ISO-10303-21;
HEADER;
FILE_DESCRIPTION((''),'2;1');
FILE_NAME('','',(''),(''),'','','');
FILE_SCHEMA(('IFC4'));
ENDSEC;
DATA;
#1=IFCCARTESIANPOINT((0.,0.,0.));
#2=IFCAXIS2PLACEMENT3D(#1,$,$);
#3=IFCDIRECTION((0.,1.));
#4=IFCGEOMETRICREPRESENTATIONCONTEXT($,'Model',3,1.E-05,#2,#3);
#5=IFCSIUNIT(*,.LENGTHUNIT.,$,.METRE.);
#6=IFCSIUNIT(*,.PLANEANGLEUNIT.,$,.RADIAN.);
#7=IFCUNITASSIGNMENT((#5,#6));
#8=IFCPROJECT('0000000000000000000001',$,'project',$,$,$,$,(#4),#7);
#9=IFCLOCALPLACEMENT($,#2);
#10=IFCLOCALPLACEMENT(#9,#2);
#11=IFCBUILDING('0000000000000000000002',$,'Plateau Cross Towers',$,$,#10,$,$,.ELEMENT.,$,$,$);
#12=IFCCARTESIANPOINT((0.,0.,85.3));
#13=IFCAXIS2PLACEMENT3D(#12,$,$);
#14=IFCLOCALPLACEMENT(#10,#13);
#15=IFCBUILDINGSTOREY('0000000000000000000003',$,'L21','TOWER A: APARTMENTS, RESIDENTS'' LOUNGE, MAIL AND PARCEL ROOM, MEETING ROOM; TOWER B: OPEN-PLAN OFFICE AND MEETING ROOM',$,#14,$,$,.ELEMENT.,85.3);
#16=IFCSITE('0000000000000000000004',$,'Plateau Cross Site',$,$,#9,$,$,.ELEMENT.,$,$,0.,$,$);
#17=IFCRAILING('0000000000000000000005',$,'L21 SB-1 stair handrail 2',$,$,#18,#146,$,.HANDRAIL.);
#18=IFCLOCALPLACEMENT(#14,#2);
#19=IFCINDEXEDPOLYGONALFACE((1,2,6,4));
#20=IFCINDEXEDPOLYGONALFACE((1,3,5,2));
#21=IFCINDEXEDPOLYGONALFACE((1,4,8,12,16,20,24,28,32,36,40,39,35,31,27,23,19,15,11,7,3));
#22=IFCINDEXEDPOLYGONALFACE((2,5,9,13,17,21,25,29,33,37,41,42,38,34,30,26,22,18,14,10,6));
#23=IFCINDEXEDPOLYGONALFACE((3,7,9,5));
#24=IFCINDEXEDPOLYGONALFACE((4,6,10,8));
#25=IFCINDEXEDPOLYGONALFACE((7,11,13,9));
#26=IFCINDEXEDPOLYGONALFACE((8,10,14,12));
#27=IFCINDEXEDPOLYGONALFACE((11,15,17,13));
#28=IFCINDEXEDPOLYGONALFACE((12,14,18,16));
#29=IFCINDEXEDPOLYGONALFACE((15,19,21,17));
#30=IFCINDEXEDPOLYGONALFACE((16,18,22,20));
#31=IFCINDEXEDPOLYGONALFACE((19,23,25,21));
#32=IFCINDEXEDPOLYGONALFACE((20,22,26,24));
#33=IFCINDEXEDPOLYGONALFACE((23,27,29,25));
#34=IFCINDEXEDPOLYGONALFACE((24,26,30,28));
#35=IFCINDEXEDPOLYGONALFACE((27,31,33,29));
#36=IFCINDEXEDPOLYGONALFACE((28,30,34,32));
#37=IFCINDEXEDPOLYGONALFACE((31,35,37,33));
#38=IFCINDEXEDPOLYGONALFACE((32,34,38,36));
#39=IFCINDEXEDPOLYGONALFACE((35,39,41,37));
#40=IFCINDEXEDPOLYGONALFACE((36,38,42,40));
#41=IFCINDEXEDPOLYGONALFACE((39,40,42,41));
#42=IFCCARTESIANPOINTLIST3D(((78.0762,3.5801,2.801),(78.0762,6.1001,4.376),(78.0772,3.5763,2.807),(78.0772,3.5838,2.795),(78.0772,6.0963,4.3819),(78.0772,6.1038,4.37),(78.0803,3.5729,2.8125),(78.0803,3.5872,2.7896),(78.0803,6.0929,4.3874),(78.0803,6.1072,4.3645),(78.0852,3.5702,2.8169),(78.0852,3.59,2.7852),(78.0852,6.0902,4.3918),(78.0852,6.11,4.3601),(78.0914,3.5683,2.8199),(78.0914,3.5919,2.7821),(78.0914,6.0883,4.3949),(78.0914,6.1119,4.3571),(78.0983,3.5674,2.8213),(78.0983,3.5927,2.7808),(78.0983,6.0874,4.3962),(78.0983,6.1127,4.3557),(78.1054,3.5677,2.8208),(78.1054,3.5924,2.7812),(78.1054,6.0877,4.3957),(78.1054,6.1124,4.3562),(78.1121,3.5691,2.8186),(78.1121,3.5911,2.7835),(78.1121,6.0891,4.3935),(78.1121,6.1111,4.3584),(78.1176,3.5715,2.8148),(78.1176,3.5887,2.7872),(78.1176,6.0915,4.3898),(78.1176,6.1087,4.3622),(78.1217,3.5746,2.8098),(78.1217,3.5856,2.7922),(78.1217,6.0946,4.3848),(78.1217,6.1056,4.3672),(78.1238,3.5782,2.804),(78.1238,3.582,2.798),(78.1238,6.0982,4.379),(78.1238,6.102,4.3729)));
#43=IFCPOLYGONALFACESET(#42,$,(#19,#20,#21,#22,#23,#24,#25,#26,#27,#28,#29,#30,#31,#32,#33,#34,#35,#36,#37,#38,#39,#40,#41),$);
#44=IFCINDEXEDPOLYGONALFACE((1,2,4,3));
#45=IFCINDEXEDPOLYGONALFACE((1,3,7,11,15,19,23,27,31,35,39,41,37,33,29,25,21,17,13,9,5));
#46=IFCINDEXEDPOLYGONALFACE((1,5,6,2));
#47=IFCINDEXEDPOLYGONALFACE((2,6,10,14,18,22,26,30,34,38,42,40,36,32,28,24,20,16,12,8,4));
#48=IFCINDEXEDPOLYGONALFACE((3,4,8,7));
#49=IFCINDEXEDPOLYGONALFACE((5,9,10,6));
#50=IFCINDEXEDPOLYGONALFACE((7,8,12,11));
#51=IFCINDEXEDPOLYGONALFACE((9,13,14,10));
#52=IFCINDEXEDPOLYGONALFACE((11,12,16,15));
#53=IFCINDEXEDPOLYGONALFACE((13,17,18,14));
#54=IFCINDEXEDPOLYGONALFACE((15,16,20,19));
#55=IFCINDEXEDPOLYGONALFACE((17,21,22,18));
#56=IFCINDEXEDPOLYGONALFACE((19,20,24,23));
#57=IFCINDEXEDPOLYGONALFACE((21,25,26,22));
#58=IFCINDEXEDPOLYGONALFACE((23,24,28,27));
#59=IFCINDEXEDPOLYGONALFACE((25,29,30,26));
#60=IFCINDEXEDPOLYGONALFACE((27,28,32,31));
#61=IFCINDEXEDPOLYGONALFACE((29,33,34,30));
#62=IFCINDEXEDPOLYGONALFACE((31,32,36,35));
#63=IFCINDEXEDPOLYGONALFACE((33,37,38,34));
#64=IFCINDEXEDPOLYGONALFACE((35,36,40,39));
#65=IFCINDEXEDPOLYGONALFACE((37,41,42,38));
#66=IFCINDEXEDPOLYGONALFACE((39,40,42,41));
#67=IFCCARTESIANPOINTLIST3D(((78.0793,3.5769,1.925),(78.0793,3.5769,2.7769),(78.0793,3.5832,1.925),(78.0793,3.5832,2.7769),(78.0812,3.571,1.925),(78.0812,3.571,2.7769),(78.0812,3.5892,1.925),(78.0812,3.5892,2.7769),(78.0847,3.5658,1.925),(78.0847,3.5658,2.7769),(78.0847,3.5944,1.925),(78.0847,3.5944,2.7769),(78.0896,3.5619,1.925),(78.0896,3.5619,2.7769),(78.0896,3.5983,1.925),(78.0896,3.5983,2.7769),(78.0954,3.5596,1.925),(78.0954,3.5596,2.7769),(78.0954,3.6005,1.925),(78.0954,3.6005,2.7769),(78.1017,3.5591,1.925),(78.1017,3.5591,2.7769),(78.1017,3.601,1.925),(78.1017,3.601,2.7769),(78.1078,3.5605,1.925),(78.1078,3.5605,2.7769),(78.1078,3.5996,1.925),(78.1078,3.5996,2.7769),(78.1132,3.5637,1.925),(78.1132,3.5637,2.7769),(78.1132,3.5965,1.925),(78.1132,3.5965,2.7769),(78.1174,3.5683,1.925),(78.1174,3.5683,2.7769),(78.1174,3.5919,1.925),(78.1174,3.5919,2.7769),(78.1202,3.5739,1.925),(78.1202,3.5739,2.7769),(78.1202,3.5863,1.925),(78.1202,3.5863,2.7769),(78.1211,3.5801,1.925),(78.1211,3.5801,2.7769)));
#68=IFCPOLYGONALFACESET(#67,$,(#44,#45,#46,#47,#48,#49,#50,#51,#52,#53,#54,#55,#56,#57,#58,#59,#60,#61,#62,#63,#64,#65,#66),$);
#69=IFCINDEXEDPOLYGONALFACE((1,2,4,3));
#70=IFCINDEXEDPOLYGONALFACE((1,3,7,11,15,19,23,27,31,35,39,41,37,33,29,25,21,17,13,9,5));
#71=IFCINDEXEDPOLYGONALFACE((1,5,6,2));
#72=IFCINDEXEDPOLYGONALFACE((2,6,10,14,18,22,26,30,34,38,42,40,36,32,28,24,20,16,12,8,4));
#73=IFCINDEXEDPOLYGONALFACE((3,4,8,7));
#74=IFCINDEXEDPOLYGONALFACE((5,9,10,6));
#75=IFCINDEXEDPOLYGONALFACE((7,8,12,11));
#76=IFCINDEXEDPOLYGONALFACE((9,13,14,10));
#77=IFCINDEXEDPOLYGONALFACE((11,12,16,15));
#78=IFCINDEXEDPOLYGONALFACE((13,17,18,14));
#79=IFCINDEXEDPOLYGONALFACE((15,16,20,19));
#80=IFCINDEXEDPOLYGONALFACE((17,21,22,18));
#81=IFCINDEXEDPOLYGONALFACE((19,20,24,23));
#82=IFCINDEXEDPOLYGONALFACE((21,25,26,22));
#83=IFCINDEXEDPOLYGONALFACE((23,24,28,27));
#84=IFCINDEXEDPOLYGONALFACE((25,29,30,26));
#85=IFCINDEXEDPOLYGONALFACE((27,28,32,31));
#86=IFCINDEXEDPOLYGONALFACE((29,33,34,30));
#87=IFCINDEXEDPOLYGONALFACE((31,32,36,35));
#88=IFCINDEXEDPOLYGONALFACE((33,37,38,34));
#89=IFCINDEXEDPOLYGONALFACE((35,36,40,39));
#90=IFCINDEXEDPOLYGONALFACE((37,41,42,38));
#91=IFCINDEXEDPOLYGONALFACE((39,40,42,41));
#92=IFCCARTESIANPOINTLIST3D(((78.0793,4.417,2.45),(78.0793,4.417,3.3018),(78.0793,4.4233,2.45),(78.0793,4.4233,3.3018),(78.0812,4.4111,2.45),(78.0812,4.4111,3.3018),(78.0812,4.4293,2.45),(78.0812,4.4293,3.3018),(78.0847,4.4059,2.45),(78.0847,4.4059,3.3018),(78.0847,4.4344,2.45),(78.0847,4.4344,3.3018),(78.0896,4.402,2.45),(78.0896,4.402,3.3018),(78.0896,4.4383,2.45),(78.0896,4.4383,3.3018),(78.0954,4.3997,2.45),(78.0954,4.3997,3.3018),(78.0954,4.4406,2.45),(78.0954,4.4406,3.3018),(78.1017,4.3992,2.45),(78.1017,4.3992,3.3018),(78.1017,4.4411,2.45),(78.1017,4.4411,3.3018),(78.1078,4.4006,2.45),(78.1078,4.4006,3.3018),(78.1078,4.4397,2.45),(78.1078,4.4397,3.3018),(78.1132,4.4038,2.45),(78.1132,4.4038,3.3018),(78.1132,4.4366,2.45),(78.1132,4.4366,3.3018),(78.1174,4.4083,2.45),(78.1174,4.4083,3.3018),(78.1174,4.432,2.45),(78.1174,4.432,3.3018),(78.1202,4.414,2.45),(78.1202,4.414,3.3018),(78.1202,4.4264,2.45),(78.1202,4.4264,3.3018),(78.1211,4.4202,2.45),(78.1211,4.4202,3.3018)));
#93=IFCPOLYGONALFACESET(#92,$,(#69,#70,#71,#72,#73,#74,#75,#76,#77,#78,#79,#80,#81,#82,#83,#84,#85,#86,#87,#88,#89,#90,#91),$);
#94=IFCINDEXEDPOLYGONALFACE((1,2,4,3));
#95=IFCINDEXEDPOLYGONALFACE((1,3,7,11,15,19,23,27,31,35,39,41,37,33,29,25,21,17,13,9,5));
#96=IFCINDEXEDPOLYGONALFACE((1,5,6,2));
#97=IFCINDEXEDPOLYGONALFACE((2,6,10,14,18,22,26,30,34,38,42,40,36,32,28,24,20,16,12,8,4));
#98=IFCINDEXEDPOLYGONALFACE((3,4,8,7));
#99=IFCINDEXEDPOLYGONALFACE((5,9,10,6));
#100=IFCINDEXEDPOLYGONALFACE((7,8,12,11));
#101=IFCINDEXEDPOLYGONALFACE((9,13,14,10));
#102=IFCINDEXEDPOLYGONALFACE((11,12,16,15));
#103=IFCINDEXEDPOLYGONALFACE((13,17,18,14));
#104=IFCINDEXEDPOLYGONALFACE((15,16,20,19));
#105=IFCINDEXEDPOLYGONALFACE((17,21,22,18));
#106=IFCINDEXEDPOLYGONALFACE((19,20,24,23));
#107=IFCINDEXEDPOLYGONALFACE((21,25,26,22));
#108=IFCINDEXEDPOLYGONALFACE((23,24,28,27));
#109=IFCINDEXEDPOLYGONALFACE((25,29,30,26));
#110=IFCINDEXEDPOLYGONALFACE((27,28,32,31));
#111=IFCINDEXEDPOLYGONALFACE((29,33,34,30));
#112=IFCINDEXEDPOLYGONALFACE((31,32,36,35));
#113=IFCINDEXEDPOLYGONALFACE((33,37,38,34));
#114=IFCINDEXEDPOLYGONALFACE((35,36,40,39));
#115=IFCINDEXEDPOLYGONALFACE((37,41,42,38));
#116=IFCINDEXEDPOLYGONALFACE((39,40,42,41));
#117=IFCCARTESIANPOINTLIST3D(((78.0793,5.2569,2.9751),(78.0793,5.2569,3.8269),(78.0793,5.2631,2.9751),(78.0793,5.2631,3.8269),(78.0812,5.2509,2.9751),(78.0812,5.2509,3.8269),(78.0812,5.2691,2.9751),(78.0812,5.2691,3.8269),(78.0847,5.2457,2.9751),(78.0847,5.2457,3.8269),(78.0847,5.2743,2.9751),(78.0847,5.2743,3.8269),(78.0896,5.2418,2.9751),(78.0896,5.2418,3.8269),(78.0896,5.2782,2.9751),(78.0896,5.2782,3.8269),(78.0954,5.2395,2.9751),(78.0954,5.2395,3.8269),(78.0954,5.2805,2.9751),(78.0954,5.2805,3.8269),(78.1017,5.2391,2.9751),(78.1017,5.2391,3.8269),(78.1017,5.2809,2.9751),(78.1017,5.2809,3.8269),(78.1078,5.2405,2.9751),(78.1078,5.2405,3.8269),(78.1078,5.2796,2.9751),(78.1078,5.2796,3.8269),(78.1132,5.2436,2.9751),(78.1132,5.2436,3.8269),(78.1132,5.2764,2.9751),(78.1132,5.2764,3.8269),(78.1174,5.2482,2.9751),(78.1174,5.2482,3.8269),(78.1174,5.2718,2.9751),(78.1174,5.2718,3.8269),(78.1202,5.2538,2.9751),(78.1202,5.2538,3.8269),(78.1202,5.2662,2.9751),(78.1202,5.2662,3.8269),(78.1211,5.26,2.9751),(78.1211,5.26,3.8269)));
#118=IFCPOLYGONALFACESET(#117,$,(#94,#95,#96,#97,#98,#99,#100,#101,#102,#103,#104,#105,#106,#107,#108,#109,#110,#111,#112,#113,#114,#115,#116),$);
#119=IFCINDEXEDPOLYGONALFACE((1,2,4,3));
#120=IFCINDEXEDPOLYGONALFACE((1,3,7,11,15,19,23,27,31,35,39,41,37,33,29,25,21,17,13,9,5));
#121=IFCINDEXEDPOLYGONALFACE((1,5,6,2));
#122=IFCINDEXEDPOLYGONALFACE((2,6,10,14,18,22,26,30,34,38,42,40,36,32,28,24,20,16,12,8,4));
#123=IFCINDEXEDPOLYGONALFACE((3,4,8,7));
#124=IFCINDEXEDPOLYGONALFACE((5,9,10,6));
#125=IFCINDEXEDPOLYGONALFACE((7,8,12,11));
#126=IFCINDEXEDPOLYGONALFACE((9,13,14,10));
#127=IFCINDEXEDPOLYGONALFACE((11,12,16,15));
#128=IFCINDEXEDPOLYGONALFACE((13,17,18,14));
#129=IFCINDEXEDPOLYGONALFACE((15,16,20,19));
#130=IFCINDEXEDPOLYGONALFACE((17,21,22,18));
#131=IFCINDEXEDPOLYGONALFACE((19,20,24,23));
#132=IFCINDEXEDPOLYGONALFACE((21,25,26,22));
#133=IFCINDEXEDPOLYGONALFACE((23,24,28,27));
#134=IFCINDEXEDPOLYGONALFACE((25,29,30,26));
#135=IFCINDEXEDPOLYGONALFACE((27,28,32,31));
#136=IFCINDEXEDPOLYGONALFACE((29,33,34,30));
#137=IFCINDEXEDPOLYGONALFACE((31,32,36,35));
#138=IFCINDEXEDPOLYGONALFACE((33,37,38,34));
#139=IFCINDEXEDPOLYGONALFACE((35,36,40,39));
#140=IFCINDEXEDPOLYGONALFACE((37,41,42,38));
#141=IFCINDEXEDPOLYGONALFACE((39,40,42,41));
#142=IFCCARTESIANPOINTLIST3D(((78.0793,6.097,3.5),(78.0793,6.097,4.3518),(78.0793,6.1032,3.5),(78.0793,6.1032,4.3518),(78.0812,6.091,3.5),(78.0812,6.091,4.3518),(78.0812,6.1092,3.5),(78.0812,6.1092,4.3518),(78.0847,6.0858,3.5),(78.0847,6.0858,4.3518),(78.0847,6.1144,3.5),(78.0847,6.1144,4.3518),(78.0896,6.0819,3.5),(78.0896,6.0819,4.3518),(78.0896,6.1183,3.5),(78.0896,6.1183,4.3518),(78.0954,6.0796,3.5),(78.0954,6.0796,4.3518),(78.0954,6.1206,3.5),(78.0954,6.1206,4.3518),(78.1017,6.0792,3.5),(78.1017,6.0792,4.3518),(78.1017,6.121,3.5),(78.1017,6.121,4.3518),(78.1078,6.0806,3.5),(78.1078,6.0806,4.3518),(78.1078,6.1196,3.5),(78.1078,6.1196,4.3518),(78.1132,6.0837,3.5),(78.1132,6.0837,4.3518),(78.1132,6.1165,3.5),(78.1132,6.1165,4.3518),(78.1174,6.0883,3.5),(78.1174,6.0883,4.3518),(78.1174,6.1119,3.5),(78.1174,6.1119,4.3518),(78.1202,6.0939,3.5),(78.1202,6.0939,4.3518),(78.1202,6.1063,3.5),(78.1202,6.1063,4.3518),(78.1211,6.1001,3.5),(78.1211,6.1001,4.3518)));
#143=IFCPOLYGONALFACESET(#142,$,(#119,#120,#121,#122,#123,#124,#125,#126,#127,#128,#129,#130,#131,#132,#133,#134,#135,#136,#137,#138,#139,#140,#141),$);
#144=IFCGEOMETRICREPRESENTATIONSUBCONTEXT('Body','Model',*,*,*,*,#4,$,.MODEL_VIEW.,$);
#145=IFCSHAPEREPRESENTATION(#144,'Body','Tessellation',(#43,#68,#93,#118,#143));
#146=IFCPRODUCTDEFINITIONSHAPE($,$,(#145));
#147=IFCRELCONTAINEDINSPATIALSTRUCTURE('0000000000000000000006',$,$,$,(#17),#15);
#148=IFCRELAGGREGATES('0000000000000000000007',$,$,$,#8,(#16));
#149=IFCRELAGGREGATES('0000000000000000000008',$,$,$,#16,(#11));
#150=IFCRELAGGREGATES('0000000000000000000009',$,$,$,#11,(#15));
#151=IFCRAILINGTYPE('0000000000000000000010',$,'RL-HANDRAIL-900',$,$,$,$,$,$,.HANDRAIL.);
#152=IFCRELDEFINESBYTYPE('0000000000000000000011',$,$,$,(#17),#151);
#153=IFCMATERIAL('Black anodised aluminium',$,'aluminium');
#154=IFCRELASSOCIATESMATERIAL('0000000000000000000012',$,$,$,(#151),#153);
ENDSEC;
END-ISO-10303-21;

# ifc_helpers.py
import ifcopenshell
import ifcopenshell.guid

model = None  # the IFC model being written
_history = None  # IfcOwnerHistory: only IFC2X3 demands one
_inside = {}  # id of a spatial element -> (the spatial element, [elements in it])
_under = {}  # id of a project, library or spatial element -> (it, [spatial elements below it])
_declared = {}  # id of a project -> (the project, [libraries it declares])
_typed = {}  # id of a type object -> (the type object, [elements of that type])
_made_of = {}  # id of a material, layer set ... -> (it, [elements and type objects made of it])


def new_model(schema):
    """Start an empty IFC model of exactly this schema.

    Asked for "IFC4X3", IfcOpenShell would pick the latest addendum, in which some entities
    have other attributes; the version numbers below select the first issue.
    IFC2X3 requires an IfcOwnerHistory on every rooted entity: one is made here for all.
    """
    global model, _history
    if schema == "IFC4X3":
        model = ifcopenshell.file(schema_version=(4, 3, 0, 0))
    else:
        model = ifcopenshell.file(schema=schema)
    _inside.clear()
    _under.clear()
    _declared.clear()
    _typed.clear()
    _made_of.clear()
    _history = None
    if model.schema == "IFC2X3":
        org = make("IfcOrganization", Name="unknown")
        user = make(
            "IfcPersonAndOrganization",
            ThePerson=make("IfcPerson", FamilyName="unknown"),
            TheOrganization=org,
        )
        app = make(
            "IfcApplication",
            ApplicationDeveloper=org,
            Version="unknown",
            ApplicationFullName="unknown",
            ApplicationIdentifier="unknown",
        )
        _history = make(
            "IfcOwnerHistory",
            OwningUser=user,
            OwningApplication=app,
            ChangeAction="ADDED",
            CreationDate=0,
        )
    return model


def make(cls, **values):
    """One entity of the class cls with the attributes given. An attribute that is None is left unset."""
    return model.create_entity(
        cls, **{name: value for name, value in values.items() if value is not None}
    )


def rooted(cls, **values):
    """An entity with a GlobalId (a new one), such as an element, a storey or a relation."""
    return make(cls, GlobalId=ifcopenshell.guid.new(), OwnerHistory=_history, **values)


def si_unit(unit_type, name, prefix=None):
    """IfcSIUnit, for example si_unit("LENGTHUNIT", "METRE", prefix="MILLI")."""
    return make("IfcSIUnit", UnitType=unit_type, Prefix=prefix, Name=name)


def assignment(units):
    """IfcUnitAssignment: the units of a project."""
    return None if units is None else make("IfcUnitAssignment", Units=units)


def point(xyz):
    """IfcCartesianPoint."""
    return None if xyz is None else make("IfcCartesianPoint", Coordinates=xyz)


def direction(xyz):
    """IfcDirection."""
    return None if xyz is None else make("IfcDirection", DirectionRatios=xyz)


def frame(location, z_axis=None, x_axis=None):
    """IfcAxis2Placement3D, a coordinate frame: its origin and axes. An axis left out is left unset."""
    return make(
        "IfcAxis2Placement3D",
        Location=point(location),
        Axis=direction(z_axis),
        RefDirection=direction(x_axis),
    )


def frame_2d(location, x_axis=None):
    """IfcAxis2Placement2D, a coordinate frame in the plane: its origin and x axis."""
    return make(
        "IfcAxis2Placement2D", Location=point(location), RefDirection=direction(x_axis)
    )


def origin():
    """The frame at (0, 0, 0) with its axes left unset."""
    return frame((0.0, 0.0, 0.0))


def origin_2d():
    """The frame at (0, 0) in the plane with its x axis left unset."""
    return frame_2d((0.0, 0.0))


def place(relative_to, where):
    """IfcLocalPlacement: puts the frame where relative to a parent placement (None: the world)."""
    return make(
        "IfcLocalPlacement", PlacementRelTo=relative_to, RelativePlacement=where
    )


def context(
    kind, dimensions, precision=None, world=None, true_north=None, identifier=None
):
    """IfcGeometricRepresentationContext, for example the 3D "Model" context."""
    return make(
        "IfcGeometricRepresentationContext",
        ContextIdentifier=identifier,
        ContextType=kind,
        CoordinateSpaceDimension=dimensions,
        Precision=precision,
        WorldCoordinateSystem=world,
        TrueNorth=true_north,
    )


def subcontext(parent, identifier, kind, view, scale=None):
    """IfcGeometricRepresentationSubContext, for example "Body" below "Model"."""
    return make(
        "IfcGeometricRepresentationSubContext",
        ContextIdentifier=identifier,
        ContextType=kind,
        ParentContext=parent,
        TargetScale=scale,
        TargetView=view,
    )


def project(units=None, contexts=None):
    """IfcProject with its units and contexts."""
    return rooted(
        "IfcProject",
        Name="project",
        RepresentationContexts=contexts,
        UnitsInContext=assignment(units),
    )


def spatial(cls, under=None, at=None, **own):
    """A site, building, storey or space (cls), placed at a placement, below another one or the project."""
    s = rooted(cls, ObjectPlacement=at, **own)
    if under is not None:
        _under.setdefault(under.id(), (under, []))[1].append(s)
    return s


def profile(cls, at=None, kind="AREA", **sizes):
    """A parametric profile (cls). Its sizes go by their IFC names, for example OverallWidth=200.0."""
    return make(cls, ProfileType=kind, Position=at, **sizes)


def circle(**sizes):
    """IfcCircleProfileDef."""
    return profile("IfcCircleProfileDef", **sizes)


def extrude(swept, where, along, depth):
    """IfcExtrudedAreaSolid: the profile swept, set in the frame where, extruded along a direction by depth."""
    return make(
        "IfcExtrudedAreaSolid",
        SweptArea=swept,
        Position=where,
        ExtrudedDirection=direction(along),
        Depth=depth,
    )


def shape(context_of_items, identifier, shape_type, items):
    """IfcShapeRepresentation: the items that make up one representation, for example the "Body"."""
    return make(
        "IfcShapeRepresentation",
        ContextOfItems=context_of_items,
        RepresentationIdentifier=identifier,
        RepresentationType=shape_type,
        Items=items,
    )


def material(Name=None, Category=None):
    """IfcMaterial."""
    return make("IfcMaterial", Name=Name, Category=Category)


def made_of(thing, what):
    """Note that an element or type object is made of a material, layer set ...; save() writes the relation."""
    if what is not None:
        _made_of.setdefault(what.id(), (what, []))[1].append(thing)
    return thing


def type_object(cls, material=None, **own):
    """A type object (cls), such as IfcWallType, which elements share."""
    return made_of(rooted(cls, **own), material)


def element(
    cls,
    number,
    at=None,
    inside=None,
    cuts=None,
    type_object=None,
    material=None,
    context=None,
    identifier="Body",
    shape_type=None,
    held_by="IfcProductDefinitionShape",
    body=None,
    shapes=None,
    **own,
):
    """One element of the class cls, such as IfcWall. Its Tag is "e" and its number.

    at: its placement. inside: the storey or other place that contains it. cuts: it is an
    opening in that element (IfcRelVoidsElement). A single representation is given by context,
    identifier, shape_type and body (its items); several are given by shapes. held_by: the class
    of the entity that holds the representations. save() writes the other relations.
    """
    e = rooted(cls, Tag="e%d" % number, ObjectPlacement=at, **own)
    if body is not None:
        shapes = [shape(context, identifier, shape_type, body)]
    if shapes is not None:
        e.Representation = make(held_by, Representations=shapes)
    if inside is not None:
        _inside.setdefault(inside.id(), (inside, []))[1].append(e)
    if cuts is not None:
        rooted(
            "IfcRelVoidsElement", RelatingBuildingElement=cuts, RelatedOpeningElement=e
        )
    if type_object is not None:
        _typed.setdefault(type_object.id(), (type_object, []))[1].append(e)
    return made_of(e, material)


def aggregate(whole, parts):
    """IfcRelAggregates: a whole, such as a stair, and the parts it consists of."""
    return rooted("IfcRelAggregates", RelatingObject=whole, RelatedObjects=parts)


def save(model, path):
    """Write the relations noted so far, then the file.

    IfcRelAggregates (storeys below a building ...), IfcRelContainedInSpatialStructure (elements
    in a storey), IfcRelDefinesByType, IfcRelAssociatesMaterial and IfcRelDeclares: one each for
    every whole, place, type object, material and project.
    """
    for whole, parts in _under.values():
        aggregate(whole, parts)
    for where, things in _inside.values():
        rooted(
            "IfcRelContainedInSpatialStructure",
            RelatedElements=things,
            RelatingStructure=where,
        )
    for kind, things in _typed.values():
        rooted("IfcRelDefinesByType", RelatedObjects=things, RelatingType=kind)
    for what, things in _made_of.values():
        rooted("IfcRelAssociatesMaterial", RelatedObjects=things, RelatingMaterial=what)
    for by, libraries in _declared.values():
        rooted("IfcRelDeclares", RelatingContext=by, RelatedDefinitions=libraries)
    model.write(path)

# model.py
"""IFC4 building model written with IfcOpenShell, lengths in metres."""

from ifc_helpers import new_model, si_unit, direction, frame, origin, origin_2d, place, context, subcontext, project, spatial, circle, extrude, material, type_object, element, save


model = new_model("IFC4")

# Units and contexts
model_context = context("Model", 3, precision=1e-05, world=origin(), true_north=direction((0.0, 1.0)))
body_context = subcontext(model_context, "Body", "Model", "MODEL_VIEW")
ifc_project = project(units=[si_unit("LENGTHUNIT", "METRE"), si_unit("PLANEANGLEUNIT", "RADIAN")], contexts=[model_context])

# Site, building, storey
site_placement = place(None, origin())
site = spatial("IfcSite", under=ifc_project, at=site_placement, Name="Plateau Cross Site", CompositionType="ELEMENT", RefElevation=0.0)
building_placement = place(site_placement, origin())
building = spatial("IfcBuilding", under=site, at=building_placement, Name="Plateau Cross Towers", CompositionType="ELEMENT")
storey_placement = place(building_placement, frame((0.0, 0.0, 85.3)))
storey = spatial("IfcBuildingStorey", under=building, at=storey_placement, Name="L21", Description="TOWER A: APARTMENTS, RESIDENTS' LOUNGE, MAIL AND PARCEL ROOM, MEETING ROOM; TOWER B: OPEN-PLAN OFFICE AND MEETING ROOM", CompositionType="ELEMENT", Elevation=85.3)

# Railing
ifc_material_1 = material(Name="Black anodised aluminium", Category="aluminium")
railing_type_1 = type_object("IfcRailingType", Name="RL-HANDRAIL-900", PredefinedType="HANDRAIL", material=ifc_material_1)
railing_1_placement = place(storey_placement, frame((78.1001, 3.5801, 1.925)))
element("IfcRailing", 1, at=railing_1_placement, inside=storey, type_object=railing_type_1, Name="L21 SB-1 stair handrail 2", PredefinedType="HANDRAIL", context=body_context, shape_type="SweptSolid", body=[
    extrude(circle(Radius=0.0239, at=origin_2d()), frame((0.0, 0.0, 0.876), z_axis=(0.0, 0.848008, 0.529984), x_axis=(-1.0, 0.0, 0.0)), (0.0, 0.0, 1.0), 2.9717),
    extrude(circle(Radius=0.021, at=origin_2d()), origin(), (0.0, 0.0, 1.0), 0.8518),
    extrude(circle(Radius=0.021, at=origin_2d()), frame((0.0, 0.8401, 0.5249)), (0.0, 0.0, 1.0), 0.8518),
    extrude(circle(Radius=0.021, at=origin_2d()), frame((0.0, 1.6799, 1.05)), (0.0, 0.0, 1.0), 0.8518),
    extrude(circle(Radius=0.021, at=origin_2d()), frame((0.0, 2.52, 1.575)), (0.0, 0.0, 1.0), 0.8518),
])

save(model, "model.ifc")
